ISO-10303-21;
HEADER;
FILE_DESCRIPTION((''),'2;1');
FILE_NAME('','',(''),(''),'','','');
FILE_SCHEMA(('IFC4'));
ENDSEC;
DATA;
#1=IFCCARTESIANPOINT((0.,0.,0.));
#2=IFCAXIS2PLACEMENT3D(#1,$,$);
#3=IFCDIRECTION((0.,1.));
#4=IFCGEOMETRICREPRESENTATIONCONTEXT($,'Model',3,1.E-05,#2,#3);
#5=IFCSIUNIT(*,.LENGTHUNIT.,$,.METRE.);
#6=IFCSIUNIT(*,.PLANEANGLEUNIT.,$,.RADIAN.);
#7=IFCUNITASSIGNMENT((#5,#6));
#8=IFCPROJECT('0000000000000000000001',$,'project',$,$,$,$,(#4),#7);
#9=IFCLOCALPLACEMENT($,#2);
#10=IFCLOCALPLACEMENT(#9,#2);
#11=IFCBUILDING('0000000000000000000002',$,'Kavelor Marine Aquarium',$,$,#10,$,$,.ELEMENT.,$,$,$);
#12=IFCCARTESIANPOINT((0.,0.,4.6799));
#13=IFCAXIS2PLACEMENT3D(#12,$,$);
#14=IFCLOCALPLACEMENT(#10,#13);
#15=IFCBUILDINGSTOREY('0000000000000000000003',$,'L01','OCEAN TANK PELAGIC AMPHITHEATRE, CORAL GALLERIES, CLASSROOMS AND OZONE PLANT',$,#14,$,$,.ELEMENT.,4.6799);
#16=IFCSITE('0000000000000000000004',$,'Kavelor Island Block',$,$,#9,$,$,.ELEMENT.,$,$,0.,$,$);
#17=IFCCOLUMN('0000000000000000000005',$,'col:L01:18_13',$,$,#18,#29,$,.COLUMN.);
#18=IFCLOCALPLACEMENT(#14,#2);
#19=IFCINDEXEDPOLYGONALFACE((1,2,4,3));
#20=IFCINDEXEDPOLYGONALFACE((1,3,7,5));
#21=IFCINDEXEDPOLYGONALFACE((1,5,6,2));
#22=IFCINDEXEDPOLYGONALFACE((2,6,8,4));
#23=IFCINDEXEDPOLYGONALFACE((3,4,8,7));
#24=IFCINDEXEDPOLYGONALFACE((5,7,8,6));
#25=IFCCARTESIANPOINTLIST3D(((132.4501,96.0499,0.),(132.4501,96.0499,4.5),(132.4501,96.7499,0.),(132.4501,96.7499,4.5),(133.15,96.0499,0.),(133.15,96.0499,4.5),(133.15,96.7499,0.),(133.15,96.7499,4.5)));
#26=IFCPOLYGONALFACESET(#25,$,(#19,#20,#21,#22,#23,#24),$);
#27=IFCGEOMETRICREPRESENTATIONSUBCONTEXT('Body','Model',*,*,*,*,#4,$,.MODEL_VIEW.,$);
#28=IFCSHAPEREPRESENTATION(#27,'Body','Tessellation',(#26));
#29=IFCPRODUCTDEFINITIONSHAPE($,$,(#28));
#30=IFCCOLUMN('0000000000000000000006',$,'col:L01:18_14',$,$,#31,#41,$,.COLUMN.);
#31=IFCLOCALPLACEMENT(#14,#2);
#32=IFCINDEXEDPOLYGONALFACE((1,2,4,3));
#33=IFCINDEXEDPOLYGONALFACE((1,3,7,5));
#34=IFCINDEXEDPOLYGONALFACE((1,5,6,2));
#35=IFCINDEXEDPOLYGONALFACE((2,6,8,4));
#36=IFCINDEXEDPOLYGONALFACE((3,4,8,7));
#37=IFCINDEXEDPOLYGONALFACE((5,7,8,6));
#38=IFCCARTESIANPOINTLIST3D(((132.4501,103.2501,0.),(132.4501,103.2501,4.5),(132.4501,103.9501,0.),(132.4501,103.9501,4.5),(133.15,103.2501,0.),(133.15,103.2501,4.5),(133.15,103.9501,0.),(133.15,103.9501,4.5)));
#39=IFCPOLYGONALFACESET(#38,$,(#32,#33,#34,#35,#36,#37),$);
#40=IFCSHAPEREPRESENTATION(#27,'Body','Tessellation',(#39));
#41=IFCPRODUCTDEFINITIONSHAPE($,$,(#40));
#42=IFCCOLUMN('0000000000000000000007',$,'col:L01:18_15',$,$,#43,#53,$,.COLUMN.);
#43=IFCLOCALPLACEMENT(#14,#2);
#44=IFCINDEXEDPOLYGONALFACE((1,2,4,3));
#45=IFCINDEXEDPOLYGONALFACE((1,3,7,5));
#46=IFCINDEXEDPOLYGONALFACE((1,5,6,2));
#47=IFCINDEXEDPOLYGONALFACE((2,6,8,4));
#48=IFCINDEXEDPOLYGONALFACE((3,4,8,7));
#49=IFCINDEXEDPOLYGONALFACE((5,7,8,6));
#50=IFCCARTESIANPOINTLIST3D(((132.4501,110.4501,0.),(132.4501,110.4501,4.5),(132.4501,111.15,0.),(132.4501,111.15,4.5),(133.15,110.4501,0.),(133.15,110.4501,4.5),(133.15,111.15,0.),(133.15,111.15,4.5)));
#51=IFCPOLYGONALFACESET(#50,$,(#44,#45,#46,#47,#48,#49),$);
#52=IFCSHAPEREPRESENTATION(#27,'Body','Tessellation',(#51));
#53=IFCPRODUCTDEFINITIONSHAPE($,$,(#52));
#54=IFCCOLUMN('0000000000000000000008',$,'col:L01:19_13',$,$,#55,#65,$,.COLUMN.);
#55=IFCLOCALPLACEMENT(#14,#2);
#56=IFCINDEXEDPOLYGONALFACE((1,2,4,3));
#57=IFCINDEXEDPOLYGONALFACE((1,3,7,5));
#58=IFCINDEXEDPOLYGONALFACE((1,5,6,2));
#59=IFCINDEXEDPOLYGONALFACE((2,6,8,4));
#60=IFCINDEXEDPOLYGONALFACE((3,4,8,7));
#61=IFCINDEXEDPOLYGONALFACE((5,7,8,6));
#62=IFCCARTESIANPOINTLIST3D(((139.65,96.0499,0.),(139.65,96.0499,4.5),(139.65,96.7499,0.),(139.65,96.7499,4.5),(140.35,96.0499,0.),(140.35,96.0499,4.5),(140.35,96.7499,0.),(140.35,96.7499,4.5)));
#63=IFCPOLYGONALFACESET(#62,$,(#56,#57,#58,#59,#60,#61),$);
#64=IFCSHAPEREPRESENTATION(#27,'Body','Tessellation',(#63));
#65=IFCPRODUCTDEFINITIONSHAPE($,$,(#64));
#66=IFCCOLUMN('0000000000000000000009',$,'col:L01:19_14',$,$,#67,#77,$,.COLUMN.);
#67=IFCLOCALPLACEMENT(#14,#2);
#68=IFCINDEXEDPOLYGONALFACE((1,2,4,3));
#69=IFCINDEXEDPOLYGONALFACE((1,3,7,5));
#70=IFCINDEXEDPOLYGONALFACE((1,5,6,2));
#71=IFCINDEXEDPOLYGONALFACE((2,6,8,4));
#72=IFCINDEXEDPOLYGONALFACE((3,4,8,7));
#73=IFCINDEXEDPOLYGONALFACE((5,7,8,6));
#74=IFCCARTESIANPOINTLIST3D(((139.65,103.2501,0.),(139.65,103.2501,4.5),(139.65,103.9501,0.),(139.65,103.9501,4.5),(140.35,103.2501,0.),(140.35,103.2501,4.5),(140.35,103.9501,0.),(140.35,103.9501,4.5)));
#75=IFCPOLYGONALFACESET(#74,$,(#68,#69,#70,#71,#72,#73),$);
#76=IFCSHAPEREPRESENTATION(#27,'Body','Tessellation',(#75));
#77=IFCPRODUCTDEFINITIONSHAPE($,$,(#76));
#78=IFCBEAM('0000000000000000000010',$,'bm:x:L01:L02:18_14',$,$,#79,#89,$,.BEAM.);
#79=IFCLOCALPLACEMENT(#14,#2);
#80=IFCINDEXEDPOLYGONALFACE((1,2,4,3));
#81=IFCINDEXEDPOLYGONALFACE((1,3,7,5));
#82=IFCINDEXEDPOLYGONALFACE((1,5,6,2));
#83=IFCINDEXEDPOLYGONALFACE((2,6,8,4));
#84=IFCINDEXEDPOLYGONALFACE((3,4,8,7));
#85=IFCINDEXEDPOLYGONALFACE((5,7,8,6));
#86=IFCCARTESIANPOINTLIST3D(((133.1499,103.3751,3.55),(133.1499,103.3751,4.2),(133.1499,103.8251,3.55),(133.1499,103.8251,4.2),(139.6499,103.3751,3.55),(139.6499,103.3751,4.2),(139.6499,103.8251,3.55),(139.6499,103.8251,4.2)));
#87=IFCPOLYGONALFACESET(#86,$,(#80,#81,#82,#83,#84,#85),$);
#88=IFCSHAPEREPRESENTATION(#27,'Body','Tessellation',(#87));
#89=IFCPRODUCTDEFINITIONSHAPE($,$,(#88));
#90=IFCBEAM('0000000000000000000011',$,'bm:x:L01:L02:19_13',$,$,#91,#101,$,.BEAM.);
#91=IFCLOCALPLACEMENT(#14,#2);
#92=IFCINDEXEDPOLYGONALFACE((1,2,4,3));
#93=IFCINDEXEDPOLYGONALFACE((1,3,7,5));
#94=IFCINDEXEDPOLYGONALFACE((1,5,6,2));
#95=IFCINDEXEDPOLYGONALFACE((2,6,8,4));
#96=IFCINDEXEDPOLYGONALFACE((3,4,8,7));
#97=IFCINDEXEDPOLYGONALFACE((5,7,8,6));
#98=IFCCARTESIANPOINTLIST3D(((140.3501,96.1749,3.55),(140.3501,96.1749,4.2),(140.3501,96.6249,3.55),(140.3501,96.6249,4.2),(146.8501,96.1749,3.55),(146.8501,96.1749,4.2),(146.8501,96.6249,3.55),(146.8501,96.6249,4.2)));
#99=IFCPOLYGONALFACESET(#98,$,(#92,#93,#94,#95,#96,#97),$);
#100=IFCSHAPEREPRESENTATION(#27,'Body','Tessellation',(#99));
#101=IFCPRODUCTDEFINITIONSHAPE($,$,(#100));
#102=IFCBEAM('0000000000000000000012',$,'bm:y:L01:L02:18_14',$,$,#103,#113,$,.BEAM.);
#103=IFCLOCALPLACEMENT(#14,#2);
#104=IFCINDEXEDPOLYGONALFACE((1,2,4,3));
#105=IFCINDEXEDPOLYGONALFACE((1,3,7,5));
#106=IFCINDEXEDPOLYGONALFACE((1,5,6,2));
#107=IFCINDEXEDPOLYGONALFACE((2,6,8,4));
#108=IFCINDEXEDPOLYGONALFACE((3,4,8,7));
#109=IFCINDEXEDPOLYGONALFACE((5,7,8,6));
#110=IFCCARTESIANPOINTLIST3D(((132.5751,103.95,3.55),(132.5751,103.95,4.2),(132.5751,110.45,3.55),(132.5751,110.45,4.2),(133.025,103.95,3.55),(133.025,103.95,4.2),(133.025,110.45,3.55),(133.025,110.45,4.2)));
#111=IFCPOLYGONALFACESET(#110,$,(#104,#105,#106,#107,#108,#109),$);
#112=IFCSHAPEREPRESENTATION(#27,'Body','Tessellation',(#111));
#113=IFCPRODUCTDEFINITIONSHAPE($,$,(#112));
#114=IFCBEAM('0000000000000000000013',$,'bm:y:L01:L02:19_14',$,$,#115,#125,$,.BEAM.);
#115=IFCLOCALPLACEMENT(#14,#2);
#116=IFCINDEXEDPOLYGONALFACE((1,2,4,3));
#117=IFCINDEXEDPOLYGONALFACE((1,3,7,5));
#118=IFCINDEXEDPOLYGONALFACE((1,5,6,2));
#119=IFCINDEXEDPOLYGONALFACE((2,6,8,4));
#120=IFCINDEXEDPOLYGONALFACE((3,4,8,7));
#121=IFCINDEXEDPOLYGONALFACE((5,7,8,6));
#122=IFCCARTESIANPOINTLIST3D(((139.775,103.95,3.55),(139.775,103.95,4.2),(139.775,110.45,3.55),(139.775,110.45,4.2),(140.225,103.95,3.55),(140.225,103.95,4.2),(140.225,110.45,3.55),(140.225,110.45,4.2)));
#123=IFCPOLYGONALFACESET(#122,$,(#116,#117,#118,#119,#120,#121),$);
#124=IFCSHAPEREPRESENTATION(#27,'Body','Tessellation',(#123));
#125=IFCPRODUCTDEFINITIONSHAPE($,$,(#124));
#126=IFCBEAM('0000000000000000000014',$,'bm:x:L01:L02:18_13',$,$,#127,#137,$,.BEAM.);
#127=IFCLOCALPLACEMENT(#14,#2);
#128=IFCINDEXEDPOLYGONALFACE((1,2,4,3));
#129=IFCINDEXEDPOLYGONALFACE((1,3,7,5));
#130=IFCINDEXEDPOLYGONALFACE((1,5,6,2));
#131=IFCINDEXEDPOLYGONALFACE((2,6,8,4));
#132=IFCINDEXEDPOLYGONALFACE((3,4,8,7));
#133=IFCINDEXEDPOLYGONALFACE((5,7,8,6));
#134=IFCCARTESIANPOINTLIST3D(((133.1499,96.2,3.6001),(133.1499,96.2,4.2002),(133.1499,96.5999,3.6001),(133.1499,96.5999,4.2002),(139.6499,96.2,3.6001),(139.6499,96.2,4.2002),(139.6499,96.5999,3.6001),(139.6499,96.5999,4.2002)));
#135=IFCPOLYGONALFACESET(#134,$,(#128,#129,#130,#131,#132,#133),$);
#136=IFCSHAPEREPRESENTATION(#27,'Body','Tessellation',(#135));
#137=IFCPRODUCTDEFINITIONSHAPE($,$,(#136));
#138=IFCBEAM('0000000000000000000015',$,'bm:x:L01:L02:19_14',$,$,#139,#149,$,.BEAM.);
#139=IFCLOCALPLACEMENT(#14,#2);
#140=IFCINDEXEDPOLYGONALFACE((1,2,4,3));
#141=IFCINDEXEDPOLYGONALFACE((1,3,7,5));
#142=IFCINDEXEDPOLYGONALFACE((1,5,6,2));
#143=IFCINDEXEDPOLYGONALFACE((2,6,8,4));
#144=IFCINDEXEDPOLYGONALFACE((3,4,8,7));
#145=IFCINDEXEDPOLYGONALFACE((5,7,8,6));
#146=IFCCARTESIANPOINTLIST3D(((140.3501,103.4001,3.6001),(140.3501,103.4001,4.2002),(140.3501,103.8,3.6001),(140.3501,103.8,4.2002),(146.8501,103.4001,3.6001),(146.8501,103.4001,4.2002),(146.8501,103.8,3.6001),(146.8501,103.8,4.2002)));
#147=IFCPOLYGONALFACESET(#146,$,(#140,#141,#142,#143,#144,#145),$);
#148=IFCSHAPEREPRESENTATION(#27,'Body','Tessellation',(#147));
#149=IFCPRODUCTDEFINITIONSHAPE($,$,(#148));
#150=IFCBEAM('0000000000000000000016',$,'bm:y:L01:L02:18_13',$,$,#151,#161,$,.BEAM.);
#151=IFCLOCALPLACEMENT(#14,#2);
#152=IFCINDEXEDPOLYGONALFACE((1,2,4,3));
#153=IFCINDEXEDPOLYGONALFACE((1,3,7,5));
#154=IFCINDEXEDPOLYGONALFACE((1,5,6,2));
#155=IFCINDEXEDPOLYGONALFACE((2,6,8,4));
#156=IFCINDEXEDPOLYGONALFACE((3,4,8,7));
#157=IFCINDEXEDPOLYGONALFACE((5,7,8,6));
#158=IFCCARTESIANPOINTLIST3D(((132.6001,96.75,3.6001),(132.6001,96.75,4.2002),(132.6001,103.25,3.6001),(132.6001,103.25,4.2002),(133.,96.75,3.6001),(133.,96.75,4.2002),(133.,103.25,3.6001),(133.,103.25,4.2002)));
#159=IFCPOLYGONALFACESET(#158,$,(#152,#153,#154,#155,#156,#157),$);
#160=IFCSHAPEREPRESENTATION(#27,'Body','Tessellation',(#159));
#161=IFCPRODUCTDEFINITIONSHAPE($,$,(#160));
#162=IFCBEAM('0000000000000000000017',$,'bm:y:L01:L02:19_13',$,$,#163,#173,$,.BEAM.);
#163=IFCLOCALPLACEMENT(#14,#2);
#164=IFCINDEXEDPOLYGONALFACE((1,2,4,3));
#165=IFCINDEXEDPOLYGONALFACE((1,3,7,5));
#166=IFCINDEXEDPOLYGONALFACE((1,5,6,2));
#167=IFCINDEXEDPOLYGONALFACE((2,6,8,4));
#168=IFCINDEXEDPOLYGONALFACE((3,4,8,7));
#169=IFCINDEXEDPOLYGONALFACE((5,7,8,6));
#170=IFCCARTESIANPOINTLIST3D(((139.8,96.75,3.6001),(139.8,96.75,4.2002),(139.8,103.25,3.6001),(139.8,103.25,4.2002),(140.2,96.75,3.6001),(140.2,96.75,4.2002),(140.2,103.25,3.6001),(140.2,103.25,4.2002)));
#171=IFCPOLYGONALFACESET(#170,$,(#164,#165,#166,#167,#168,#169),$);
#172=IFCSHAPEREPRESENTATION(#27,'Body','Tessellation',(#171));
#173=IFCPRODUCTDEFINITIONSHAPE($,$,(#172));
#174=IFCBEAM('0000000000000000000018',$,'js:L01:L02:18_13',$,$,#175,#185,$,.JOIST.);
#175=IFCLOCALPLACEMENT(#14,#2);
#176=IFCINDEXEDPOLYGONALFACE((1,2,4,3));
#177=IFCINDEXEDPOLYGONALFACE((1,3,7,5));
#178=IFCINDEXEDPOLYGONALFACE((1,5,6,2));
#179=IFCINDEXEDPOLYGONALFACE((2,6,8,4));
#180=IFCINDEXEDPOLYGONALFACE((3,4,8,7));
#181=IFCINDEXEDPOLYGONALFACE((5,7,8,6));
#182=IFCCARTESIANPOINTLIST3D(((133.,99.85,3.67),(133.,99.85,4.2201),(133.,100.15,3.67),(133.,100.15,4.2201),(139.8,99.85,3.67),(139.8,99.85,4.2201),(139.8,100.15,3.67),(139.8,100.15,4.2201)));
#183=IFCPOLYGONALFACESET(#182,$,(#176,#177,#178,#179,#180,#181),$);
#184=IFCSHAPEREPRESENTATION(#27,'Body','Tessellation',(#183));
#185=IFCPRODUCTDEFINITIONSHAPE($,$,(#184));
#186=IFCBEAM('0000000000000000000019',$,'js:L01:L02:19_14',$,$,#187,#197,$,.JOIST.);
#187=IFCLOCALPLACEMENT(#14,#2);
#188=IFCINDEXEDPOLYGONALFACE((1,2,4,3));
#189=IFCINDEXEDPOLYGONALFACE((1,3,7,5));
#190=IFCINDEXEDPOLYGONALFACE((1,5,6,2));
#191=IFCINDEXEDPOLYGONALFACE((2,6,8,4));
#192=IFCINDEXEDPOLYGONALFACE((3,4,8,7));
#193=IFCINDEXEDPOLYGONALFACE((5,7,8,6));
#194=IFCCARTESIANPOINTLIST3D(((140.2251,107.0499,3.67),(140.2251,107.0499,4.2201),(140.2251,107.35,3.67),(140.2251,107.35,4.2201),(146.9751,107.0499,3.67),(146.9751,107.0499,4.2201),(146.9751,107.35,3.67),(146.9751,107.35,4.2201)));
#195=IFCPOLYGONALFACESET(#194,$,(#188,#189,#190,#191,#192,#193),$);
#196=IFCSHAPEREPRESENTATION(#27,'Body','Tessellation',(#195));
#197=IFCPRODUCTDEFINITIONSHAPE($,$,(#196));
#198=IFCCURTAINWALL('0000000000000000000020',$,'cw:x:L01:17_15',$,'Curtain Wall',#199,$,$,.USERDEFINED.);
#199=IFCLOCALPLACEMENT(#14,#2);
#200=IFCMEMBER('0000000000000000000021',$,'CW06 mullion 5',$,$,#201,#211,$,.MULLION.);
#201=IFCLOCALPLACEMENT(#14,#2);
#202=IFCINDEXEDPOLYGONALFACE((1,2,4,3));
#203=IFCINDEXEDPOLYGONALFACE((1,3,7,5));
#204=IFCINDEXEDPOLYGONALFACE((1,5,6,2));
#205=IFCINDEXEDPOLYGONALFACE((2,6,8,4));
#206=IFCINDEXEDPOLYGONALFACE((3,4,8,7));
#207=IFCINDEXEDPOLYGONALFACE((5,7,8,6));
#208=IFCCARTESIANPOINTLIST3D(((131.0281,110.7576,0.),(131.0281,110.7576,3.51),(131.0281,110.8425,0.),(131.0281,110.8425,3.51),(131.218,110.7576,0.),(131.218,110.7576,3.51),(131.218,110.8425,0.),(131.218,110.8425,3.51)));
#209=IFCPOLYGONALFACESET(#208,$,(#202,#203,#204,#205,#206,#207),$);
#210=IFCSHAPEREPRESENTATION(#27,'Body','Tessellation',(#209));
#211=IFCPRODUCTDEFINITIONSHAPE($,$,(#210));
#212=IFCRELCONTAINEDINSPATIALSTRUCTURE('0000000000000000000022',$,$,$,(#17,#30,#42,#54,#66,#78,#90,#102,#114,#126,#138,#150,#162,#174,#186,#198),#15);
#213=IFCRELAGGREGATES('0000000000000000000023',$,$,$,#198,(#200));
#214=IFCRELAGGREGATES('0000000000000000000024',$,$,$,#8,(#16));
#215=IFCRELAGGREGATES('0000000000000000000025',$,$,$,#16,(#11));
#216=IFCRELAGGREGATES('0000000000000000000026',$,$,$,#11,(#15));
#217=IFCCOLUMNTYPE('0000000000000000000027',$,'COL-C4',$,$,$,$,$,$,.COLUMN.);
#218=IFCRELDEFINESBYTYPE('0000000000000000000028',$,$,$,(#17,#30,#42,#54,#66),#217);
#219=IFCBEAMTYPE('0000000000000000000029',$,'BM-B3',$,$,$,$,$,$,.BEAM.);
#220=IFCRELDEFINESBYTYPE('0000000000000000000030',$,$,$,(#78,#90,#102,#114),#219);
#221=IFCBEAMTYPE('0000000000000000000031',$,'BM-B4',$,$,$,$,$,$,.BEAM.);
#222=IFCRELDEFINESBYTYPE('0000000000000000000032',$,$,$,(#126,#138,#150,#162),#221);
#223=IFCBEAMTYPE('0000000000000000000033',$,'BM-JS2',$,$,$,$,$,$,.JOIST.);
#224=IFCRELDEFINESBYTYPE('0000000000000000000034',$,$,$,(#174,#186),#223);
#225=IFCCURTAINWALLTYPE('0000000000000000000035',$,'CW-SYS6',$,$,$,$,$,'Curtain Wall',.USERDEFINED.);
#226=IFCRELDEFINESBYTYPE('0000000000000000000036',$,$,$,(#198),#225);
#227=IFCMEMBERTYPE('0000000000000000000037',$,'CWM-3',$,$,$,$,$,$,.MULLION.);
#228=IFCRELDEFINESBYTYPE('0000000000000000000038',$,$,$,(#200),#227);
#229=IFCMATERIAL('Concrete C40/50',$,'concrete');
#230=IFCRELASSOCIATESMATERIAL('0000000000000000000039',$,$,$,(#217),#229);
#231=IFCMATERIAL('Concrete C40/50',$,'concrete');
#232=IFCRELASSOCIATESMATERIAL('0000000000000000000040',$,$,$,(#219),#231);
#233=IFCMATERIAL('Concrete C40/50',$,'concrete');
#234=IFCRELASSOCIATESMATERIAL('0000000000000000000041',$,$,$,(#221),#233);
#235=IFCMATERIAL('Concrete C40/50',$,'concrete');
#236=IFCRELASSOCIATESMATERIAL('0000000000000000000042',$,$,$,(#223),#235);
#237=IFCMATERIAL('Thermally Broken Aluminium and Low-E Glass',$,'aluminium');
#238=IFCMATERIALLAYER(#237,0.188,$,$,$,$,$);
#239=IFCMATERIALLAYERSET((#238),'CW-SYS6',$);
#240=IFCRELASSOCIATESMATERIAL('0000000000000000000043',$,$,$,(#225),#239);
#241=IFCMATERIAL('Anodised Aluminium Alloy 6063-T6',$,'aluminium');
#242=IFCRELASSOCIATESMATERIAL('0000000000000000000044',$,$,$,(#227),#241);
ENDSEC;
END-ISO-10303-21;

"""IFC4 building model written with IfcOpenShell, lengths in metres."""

from ifc_helpers import new_model, si_unit, direction, frame, origin, origin_2d, place, context, subcontext, project, spatial, rectangle, extrude, material, layer, layer_set, material_profile, profile_set, type_object, element, aggregate, save


model = new_model("IFC4")

# Units and contexts
model_context = context("Model", 3, precision=1e-05, world=origin(), true_north=direction((0.0, 1.0)))
body_context = subcontext(model_context, "Body", "Model", "MODEL_VIEW")
ifc_project = project(units=[si_unit("LENGTHUNIT", "METRE"), si_unit("PLANEANGLEUNIT", "RADIAN")], contexts=[model_context])

# Site, building, storey
site_placement = place(None, origin())
site = spatial("IfcSite", under=ifc_project, at=site_placement, Name="Kavelor Island Block", CompositionType="ELEMENT", RefElevation=0.0)
building_placement = place(site_placement, origin())
building = spatial("IfcBuilding", under=site, at=building_placement, Name="Kavelor Marine Aquarium", CompositionType="ELEMENT")
storey_placement = place(building_placement, frame((0.0, 0.0, 4.6799)))
storey = spatial("IfcBuildingStorey", under=building, at=storey_placement, Name="L01", Description="OCEAN TANK PELAGIC AMPHITHEATRE, CORAL GALLERIES, CLASSROOMS AND OZONE PLANT", CompositionType="ELEMENT", Elevation=4.6799)

# Columns
ifc_material_1 = material(Name="Concrete C40/50", Category="concrete")
ifc_material_profile_1 = material_profile(ifc_material_1, rectangle(XDim=0.7, YDim=0.7, at=origin_2d()), Name="RC-COL 700x700")
ifc_profile_set_1 = profile_set([ifc_material_profile_1], Name="Concrete C40/50")
column_type = type_object("IfcColumnType", Name="COL-C4", PredefinedType="COLUMN", material=ifc_profile_set_1)
for number, where, z_axis, x_axis, name in (
    (1, (132.8, 96.3999, 0.0), (0.0, 0.0, 1.0), (1.0, 0.0, 0.0), "col:L01:18_13"),
    (2, (132.8, 103.6001, 0.0), (0.0, 0.0, 1.0), (1.0, 0.0, 0.0), "col:L01:18_14"),
    (3, (132.8, 110.8, 0.0), (0.0, 0.0, 1.0), (1.0, 0.0, 0.0), "col:L01:18_15"),
    (4, (140.0, 96.3999, 0.0), (0.0, 0.0, 1.0), (1.0, 0.0, 0.0), "col:L01:19_13"),
    (5, (140.0, 103.6001, 0.0), (0.0, 0.0, 1.0), (1.0, 0.0, 0.0), "col:L01:19_14"),
):
    element("IfcColumn", number, at=place(storey_placement, frame(where, z_axis=z_axis, x_axis=x_axis)), inside=storey, type_object=column_type, Name=name, PredefinedType="COLUMN", context=body_context, shape_type="SweptSolid", body=[
        extrude(rectangle(XDim=0.7, YDim=0.7, at=origin_2d()), origin(), (0.0, 0.0, 1.0), 4.5),
    ])

# Beams
ifc_material_2 = material(Name="Concrete C40/50", Category="concrete")
ifc_material_profile_2 = material_profile(ifc_material_2, rectangle(XDim=0.45, YDim=0.6499, at=origin_2d()), Name="RC-BM 450x650")
ifc_profile_set_2 = profile_set([ifc_material_profile_2], Name="Concrete C40/50")
beam_type_1 = type_object("IfcBeamType", Name="BM-B3", PredefinedType="BEAM", material=ifc_profile_set_2)
for number, where, z_axis, x_axis, name in (
    (6, (133.1499, 103.6001, 3.875), (1.0, 0.0, 0.0), (0.0, 1.0, 0.0), "bm:x:L01:L02:18_14"),
    (7, (140.3501, 96.3999, 3.875), (1.0, 0.0, 0.0), (0.0, 1.0, 0.0), "bm:x:L01:L02:19_13"),
    (8, (132.8, 103.95, 3.875), (0.0, 1.0, 0.0), (-1.0, 0.0, 0.0), "bm:y:L01:L02:18_14"),
    (9, (140.0, 103.95, 3.875), (0.0, 1.0, 0.0), (-1.0, 0.0, 0.0), "bm:y:L01:L02:19_14"),
):
    element("IfcBeam", number, at=place(storey_placement, frame(where, z_axis=z_axis, x_axis=x_axis)), inside=storey, type_object=beam_type_1, Name=name, PredefinedType="BEAM", context=body_context, shape_type="SweptSolid", body=[
        extrude(rectangle(XDim=0.45, YDim=0.6499, at=origin_2d()), origin(), (0.0, 0.0, 1.0), 6.5),
    ])
ifc_material_3 = material(Name="Concrete C40/50", Category="concrete")
ifc_material_profile_3 = material_profile(ifc_material_3, rectangle(XDim=0.3999, YDim=0.6001, at=origin_2d()), Name="RC-BM 400x600")
ifc_profile_set_3 = profile_set([ifc_material_profile_3], Name="Concrete C40/50")
beam_type_2 = type_object("IfcBeamType", Name="BM-B4", PredefinedType="BEAM", material=ifc_profile_set_3)
for number, where, z_axis, x_axis, name in (
    (10, (133.1499, 96.3999, 3.9001), (1.0, 0.0, 0.0), (0.0, 1.0, 0.0), "bm:x:L01:L02:18_13"),
    (11, (140.3501, 103.6001, 3.9001), (1.0, 0.0, 0.0), (0.0, 1.0, 0.0), "bm:x:L01:L02:19_14"),
    (12, (132.8, 96.75, 3.9001), (0.0, 1.0, 0.0), (-1.0, 0.0, 0.0), "bm:y:L01:L02:18_13"),
    (13, (140.0, 96.75, 3.9001), (0.0, 1.0, 0.0), (-1.0, 0.0, 0.0), "bm:y:L01:L02:19_13"),
):
    element("IfcBeam", number, at=place(storey_placement, frame(where, z_axis=z_axis, x_axis=x_axis)), inside=storey, type_object=beam_type_2, Name=name, PredefinedType="BEAM", context=body_context, shape_type="SweptSolid", body=[
        extrude(rectangle(XDim=0.3999, YDim=0.6001, at=origin_2d()), origin(), (0.0, 0.0, 1.0), 6.5),
    ])
ifc_material_4 = material(Name="Concrete C40/50", Category="concrete")
ifc_material_profile_4 = material_profile(ifc_material_4, rectangle(XDim=0.3, YDim=0.55, at=origin_2d()), Name="RC-JS 300x550")
ifc_profile_set_4 = profile_set([ifc_material_profile_4], Name="Concrete C40/50")
beam_type_3 = type_object("IfcBeamType", Name="BM-JS2", PredefinedType="JOIST", material=ifc_profile_set_4)
beam_1_placement = place(storey_placement, frame((133.0, 100.0, 3.9451), z_axis=(1.0, 0.0, 0.0), x_axis=(0.0, 1.0, 0.0)))
element("IfcBeam", 14, at=beam_1_placement, inside=storey, type_object=beam_type_3, Name="js:L01:L02:18_13", PredefinedType="JOIST", context=body_context, shape_type="SweptSolid", body=[
    extrude(rectangle(XDim=0.3, YDim=0.55, at=origin_2d()), origin(), (0.0, 0.0, 1.0), 6.8),
])
beam_2_placement = place(storey_placement, frame((140.2251, 107.2, 3.9451), z_axis=(1.0, 0.0, 0.0), x_axis=(0.0, 1.0, 0.0)))
element("IfcBeam", 15, at=beam_2_placement, inside=storey, type_object=beam_type_3, Name="js:L01:L02:19_14", PredefinedType="JOIST", context=body_context, shape_type="SweptSolid", body=[
    extrude(rectangle(XDim=0.3, YDim=0.55, at=origin_2d()), origin(), (0.0, 0.0, 1.0), 6.75),
])

# Curtain wall, member
ifc_material_5 = material(Name="Thermally Broken Aluminium and Low-E Glass", Category="aluminium")
ifc_layer_1 = layer(ifc_material_5, 0.188)
ifc_layer_set_1 = layer_set([ifc_layer_1], Name="CW-SYS6")
curtain_wall_type = type_object("IfcCurtainWallType", Name="CW-SYS6", ElementType="Curtain Wall", PredefinedType="USERDEFINED", material=ifc_layer_set_1)
curtain_wall_placement = place(storey_placement, origin())
curtain_wall = element("IfcCurtainWall", 16, at=curtain_wall_placement, inside=storey, type_object=curtain_wall_type, Name="cw:x:L01:17_15", ObjectType="Curtain Wall", PredefinedType="USERDEFINED")
ifc_material_6 = material(Name="Anodised Aluminium Alloy 6063-T6", Category="aluminium")
ifc_material_profile_5 = material_profile(ifc_material_6, rectangle(XDim=0.085, YDim=0.1899, at=origin_2d()), Name="CW-MUL 85x190")
ifc_profile_set_5 = profile_set([ifc_material_profile_5], Name="Anodised Aluminium Alloy 6063-T6")
member_type_1 = type_object("IfcMemberType", Name="CWM-3", PredefinedType="MULLION", material=ifc_profile_set_5)
member_1_placement = place(storey_placement, frame((131.123, 110.8, 0.0), z_axis=(0.0, 0.0, 1.0), x_axis=(0.0, 1.0, 0.0)))
member_1 = element("IfcMember", 17, at=member_1_placement, type_object=member_type_1, Name="CW06 mullion 5", PredefinedType="MULLION", context=body_context, shape_type="SweptSolid", body=[
    extrude(rectangle(XDim=0.085, YDim=0.1899, at=origin_2d()), origin(), (0.0, 0.0, 1.0), 3.51),
])

aggregate(curtain_wall, [member_1])

save(model, "model.ifc")
